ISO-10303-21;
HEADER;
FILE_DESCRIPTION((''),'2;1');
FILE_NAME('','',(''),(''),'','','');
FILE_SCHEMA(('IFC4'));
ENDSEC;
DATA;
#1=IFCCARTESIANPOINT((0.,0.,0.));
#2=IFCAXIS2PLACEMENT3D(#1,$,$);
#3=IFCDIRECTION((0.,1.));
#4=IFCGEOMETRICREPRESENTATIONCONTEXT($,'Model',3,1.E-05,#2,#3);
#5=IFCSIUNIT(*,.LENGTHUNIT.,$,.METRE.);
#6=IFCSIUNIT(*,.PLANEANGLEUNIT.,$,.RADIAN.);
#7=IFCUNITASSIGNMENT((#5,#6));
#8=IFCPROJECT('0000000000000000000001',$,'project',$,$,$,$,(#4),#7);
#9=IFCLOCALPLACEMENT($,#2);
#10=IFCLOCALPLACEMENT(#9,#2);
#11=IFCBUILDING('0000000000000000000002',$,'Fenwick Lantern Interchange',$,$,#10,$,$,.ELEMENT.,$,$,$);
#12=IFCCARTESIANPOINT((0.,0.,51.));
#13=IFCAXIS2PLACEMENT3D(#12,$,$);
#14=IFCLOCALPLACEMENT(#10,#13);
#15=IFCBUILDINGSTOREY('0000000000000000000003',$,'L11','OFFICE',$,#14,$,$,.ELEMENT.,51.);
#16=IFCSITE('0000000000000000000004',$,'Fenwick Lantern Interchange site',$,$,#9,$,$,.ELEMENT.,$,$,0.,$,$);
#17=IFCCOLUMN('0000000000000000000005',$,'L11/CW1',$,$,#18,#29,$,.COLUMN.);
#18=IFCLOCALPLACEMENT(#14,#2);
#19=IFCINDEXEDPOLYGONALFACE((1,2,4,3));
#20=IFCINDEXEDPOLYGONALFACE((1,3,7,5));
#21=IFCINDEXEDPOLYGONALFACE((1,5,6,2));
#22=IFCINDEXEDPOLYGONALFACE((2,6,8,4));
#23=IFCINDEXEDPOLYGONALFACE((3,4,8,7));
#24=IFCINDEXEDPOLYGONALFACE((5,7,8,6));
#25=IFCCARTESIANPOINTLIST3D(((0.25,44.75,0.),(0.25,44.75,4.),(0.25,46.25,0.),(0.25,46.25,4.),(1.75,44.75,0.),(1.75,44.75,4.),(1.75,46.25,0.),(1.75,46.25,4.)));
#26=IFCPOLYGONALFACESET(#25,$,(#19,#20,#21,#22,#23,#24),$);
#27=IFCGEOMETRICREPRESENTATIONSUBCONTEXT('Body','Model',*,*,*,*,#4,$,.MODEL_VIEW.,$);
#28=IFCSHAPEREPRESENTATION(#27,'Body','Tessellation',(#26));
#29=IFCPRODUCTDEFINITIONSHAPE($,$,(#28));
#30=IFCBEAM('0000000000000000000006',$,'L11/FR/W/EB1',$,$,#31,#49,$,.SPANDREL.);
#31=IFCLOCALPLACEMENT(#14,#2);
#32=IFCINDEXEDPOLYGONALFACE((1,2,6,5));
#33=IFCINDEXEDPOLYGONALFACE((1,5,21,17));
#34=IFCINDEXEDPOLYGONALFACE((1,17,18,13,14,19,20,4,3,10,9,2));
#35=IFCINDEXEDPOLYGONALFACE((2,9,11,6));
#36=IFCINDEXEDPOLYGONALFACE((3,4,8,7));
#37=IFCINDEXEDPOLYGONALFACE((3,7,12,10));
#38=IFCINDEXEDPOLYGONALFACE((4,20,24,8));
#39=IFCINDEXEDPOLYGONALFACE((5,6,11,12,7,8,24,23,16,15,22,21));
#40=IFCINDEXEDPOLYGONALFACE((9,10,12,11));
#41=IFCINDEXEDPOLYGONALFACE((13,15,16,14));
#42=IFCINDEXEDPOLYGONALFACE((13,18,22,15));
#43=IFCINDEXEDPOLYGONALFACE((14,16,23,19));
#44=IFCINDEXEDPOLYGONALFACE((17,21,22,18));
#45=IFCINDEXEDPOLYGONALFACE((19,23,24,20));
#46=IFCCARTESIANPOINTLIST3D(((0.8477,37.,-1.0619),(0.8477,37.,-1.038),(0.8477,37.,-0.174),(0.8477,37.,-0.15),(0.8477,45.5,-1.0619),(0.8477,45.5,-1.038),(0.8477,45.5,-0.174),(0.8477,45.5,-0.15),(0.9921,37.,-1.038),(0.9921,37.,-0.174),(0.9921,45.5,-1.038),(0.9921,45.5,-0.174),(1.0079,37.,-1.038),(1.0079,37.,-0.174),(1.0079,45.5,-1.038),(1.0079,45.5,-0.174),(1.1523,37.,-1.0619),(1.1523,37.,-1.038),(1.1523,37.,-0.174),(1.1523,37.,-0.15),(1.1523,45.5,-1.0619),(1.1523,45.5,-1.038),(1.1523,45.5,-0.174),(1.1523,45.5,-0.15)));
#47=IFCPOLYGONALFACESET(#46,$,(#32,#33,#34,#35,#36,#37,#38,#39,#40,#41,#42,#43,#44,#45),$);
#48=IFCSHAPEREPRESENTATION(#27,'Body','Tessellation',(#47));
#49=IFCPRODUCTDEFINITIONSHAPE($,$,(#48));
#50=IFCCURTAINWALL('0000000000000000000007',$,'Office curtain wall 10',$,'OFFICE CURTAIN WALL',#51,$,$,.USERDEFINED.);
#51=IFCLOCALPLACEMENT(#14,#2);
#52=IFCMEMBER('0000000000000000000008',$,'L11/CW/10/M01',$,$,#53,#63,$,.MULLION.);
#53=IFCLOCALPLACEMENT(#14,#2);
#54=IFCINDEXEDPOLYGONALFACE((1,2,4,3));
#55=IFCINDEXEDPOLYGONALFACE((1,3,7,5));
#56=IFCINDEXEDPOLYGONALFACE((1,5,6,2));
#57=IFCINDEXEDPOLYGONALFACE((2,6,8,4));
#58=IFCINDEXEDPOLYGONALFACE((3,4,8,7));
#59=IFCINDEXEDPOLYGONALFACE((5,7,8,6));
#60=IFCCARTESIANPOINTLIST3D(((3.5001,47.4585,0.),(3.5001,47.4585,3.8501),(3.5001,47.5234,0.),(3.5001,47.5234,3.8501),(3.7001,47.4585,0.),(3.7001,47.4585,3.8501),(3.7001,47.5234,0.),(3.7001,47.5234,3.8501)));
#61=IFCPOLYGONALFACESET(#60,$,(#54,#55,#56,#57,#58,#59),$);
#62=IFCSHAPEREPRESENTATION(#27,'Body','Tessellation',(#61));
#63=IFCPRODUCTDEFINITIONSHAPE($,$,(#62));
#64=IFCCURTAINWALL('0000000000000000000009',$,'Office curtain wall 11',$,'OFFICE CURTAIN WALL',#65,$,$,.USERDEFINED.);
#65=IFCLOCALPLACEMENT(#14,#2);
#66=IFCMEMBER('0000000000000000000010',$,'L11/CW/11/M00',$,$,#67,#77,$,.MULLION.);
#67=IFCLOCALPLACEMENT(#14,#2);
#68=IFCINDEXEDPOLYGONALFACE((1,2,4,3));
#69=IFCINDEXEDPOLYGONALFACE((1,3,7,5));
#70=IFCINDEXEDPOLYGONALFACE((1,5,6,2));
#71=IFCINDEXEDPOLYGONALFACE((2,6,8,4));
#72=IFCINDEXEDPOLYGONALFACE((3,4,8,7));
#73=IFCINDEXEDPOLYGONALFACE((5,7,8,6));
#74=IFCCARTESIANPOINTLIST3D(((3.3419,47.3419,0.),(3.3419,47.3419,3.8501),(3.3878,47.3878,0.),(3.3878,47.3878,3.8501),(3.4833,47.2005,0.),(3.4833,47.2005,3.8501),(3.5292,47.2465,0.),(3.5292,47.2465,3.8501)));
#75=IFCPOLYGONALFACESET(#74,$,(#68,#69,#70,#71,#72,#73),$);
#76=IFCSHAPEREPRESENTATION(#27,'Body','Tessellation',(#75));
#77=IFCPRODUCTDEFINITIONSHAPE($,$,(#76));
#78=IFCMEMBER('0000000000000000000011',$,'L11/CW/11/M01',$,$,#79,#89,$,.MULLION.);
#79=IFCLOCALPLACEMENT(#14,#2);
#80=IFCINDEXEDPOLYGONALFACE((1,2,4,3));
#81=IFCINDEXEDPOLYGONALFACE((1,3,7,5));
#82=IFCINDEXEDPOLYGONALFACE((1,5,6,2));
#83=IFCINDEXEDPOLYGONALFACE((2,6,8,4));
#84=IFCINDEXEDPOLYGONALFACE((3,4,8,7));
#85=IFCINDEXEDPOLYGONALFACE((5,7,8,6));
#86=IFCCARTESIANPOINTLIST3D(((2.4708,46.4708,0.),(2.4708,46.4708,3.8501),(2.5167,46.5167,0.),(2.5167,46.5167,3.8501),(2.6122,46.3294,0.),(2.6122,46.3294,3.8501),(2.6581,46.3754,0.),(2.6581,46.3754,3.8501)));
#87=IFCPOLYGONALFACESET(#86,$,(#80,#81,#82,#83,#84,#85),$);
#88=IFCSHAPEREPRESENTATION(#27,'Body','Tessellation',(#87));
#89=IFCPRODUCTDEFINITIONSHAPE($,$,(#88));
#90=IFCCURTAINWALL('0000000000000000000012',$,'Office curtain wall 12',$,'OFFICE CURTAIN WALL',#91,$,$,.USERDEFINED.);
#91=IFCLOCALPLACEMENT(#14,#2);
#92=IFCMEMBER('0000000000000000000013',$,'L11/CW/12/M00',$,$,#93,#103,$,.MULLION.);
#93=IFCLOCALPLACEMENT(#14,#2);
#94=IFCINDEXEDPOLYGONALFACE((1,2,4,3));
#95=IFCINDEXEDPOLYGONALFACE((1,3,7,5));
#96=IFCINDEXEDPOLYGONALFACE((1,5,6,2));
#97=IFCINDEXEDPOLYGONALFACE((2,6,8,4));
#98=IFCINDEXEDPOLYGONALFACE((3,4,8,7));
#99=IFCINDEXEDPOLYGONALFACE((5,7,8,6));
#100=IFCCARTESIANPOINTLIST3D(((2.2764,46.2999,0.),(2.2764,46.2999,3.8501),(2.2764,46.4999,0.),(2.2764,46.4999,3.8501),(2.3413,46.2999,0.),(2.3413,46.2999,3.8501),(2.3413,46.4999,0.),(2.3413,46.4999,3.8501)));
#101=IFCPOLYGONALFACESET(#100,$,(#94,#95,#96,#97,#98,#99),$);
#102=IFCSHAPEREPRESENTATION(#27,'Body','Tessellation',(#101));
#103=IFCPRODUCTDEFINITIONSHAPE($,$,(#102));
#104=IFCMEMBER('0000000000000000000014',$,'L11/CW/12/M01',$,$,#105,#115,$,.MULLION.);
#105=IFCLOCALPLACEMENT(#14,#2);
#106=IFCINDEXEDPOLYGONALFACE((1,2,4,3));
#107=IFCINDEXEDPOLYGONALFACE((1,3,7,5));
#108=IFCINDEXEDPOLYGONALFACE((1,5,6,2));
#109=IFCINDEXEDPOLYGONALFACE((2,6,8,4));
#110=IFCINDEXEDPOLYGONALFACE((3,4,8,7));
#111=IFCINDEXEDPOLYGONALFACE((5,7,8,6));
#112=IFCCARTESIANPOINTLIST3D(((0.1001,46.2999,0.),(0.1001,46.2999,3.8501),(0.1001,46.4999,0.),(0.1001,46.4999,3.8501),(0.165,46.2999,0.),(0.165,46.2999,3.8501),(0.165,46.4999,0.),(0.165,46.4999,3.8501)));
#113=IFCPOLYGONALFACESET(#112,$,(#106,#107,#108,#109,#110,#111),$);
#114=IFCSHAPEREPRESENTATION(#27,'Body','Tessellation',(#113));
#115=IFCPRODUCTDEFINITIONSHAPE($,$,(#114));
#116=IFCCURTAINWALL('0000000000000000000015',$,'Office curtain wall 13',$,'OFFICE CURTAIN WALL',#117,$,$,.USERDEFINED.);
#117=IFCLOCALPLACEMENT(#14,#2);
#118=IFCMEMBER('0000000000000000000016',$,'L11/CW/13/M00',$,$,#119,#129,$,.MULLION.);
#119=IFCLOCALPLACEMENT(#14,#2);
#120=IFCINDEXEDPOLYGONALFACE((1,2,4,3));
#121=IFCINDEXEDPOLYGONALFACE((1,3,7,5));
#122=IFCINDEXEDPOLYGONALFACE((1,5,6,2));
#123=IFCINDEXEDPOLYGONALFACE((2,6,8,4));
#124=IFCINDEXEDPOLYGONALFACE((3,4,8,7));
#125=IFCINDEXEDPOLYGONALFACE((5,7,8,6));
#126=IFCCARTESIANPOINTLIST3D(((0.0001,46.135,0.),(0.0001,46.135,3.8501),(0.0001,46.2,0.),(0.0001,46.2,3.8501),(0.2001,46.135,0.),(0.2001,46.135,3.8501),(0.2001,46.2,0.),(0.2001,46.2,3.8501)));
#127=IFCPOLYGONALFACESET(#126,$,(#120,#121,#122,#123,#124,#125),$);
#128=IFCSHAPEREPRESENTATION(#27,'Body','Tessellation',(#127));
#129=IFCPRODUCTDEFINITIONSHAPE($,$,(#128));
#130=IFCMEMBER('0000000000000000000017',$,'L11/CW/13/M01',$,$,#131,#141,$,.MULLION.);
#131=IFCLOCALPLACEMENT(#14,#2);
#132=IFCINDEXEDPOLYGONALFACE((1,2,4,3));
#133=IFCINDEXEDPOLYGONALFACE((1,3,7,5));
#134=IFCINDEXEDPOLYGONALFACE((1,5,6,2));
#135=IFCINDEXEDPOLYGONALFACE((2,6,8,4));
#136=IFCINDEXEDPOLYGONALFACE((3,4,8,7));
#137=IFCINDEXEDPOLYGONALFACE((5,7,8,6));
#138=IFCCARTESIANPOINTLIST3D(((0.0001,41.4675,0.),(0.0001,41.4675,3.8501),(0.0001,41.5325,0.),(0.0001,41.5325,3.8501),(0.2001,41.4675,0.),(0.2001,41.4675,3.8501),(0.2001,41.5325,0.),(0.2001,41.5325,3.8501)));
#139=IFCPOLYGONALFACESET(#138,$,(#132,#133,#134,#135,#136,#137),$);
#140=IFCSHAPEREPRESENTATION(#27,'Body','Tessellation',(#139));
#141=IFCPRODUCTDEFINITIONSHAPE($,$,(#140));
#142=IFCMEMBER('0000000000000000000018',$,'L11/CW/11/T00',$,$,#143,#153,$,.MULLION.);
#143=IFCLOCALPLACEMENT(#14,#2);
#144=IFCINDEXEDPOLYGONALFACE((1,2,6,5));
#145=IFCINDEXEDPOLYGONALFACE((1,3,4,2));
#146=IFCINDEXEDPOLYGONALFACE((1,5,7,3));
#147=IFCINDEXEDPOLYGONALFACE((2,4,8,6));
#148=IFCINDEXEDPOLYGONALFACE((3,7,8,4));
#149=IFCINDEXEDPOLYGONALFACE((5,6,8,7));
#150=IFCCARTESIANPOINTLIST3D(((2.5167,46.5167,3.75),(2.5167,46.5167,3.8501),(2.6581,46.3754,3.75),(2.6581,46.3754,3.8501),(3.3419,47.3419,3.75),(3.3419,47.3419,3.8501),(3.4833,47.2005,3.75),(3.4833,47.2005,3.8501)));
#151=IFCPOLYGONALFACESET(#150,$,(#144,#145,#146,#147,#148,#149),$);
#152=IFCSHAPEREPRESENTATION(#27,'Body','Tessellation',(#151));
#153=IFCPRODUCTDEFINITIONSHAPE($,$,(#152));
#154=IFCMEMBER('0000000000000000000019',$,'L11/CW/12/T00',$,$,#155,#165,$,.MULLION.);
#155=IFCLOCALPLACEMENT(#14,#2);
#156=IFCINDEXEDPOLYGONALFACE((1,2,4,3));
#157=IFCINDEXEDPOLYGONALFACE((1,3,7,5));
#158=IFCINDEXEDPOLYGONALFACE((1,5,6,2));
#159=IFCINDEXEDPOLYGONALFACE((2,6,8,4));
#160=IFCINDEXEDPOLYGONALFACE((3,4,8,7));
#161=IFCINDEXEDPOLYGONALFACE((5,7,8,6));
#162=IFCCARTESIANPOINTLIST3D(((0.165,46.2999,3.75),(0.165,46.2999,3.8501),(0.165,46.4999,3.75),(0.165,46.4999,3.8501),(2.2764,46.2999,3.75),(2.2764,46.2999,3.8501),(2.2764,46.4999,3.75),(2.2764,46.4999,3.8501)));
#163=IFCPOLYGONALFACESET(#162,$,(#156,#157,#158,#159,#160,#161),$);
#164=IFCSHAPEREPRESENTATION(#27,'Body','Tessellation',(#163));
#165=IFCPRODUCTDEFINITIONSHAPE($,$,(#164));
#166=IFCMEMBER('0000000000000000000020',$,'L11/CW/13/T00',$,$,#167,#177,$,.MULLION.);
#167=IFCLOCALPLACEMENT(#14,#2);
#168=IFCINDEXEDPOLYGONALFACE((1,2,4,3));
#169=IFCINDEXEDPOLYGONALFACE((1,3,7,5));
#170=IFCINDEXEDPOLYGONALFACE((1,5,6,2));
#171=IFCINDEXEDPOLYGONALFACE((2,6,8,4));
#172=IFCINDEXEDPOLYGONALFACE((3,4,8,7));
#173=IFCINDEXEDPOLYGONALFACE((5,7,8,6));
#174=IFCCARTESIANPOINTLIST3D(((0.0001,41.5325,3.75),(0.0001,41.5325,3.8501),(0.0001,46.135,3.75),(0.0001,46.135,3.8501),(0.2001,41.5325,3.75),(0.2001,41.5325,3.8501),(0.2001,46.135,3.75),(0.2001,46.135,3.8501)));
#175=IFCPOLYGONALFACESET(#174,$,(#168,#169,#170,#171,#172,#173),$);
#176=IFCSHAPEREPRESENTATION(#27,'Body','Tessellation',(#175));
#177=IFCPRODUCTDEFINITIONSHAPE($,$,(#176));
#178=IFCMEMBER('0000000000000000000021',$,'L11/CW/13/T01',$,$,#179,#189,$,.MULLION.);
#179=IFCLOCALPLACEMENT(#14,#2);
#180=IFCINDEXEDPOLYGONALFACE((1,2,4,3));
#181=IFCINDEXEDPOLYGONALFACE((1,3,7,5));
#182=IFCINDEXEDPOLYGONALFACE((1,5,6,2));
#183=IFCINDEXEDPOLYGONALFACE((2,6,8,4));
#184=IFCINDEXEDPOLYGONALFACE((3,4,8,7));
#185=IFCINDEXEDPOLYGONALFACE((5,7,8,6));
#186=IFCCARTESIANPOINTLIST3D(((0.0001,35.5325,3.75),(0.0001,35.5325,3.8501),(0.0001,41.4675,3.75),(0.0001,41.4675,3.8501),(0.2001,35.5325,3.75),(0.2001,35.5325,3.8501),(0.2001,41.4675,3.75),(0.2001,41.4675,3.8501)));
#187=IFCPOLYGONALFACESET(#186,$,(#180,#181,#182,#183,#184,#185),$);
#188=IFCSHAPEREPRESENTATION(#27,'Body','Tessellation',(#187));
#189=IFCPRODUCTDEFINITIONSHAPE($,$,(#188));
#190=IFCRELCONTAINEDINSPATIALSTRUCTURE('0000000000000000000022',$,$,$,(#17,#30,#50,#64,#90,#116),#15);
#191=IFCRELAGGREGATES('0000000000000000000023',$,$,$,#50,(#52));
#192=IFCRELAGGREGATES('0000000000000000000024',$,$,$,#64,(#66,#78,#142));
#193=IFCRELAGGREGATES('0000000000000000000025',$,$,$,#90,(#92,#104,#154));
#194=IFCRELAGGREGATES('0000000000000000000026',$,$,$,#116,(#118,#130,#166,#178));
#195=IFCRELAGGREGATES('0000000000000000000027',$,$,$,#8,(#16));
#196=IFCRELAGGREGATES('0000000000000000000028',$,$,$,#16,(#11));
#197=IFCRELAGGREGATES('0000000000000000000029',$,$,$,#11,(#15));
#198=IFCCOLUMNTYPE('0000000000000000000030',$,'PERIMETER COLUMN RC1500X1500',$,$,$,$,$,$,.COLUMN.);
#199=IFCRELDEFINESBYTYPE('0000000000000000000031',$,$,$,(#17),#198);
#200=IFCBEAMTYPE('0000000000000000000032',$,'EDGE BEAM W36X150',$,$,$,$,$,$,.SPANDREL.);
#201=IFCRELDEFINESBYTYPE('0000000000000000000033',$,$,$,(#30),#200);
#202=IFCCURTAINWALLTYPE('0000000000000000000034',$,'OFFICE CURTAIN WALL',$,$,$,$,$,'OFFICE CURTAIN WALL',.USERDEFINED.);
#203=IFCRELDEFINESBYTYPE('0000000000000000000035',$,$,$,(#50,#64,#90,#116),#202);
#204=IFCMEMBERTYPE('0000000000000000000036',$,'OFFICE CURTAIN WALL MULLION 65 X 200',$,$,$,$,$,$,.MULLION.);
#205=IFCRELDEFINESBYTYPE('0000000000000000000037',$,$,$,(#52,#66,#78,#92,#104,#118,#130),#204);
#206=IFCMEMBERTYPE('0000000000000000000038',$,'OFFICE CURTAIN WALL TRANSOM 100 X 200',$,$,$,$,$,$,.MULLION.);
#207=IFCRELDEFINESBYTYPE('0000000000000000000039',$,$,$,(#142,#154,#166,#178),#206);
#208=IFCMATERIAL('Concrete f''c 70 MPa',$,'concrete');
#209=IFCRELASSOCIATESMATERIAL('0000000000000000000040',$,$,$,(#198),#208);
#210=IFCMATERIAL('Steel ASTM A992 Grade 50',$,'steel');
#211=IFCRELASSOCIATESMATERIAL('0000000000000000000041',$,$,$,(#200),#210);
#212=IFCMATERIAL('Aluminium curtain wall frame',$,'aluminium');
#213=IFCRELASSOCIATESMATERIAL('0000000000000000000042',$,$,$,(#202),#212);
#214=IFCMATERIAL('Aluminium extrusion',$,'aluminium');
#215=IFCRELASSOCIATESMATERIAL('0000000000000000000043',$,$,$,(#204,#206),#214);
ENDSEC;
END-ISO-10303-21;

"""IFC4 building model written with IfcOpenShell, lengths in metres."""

from ifc_helpers import new_model, si_unit, direction, frame, origin, origin_2d, place, context, subcontext, project, spatial, rectangle, i_section, extrude, material, material_profile, profile_set, type_object, element, aggregate, save


model = new_model("IFC4")

# Units and contexts
model_context = context("Model", 3, precision=1e-05, world=origin(), true_north=direction((0.0, 1.0)))
body_context = subcontext(model_context, "Body", "Model", "MODEL_VIEW")
ifc_project = project(units=[si_unit("LENGTHUNIT", "METRE"), si_unit("PLANEANGLEUNIT", "RADIAN")], contexts=[model_context])

# Site, building, storey
site_placement = place(None, origin())
site = spatial("IfcSite", under=ifc_project, at=site_placement, Name="Fenwick Lantern Interchange site", CompositionType="ELEMENT", RefElevation=0.0)
building_placement = place(site_placement, origin())
building = spatial("IfcBuilding", under=site, at=building_placement, Name="Fenwick Lantern Interchange", CompositionType="ELEMENT")
storey_placement = place(building_placement, frame((0.0, 0.0, 51.0)))
storey = spatial("IfcBuildingStorey", under=building, at=storey_placement, Name="L11", Description="OFFICE", CompositionType="ELEMENT", Elevation=51.0)

# Column
ifc_material_1 = material(Name="Concrete f'c 70 MPa", Category="concrete")
ifc_material_profile_1 = material_profile(ifc_material_1, rectangle(XDim=1.5, YDim=1.5, at=origin_2d()), Name="RC1500X1500")
ifc_profile_set_1 = profile_set([ifc_material_profile_1], Name="Concrete f'c 70 MPa")
column_type = type_object("IfcColumnType", Name="PERIMETER COLUMN RC1500X1500", PredefinedType="COLUMN", material=ifc_profile_set_1)
column_placement = place(storey_placement, frame((1.0, 45.5, 0.0), z_axis=(0.0, 0.0, 1.0), x_axis=(1.0, 0.0, 0.0)))
element("IfcColumn", 1, at=column_placement, inside=storey, type_object=column_type, Name="L11/CW1", PredefinedType="COLUMN", context=body_context, shape_type="SweptSolid", body=[
    extrude(rectangle(XDim=1.5, YDim=1.5, at=origin_2d()), origin(), (0.0, 0.0, 1.0), 4.0),
])

# Beam
ifc_material_2 = material(Name="Steel ASTM A992 Grade 50", Category="steel")
ifc_material_profile_2 = material_profile(ifc_material_2, i_section(OverallWidth=0.3047, OverallDepth=0.9119, WebThickness=0.0159, FlangeThickness=0.0239, at=origin_2d()), Name="W36X150")
ifc_profile_set_2 = profile_set([ifc_material_profile_2], Name="Steel ASTM A992 Grade 50")
beam_type = type_object("IfcBeamType", Name="EDGE BEAM W36X150", PredefinedType="SPANDREL", material=ifc_profile_set_2)
beam_placement = place(storey_placement, frame((1.0, 45.5, -0.606), z_axis=(0.0, -1.0, 0.0), x_axis=(1.0, 0.0, 0.0)))
element("IfcBeam", 2, at=beam_placement, inside=storey, type_object=beam_type, Name="L11/FR/W/EB1", PredefinedType="SPANDREL", context=body_context, shape_type="SweptSolid", body=[
    extrude(i_section(OverallWidth=0.3047, OverallDepth=0.9119, WebThickness=0.0159, FlangeThickness=0.0239, at=origin_2d()), origin(), (0.0, 0.0, 1.0), 8.5),
])

# Curtain wall, member
ifc_material_3 = material(Name="Aluminium curtain wall frame", Category="aluminium")
curtain_wall_type = type_object("IfcCurtainWallType", Name="OFFICE CURTAIN WALL", ElementType="OFFICE CURTAIN WALL", PredefinedType="USERDEFINED", material=ifc_material_3)
curtain_wall_1_placement = place(storey_placement, origin())
curtain_wall_1 = element("IfcCurtainWall", 3, at=curtain_wall_1_placement, inside=storey, type_object=curtain_wall_type, Name="Office curtain wall 10", ObjectType="OFFICE CURTAIN WALL", PredefinedType="USERDEFINED")
ifc_material_4 = material(Name="Aluminium extrusion", Category="aluminium")
ifc_material_profile_3 = material_profile(ifc_material_4, rectangle(XDim=0.2, YDim=0.0649, at=origin_2d()), Name="OFFICE CURTAIN WALL MULLION 65 X 200")
ifc_profile_set_3 = profile_set([ifc_material_profile_3], Name="Aluminium extrusion")
member_type_1 = type_object("IfcMemberType", Name="OFFICE CURTAIN WALL MULLION 65 X 200", PredefinedType="MULLION", material=ifc_profile_set_3)
member_1_placement = place(storey_placement, frame((3.6001, 47.491, 0.0), z_axis=(0.0, 0.0, 1.0), x_axis=(1.0, 0.0, 0.0)))
member_1 = element("IfcMember", 4, at=member_1_placement, type_object=member_type_1, Name="L11/CW/10/M01", PredefinedType="MULLION", context=body_context, shape_type="SweptSolid", body=[
    extrude(rectangle(XDim=0.2, YDim=0.0649, at=origin_2d()), origin(), (0.0, 0.0, 1.0), 3.8501),
])
aggregate(curtain_wall_1, [member_1])

# Curtain walls, members
curtain_wall_2_placement = place(storey_placement, origin())
curtain_wall_2 = element("IfcCurtainWall", 5, at=curtain_wall_2_placement, inside=storey, type_object=curtain_wall_type, Name="Office curtain wall 11", ObjectType="OFFICE CURTAIN WALL", PredefinedType="USERDEFINED")
member_2_placement = place(storey_placement, frame((3.4355, 47.2942, 0.0), z_axis=(0.0, 0.0, 1.0), x_axis=(0.707107, -0.707107, 0.0)))
member_2 = element("IfcMember", 6, at=member_2_placement, type_object=member_type_1, Name="L11/CW/11/M00", PredefinedType="MULLION", context=body_context, shape_type="SweptSolid", body=[
    extrude(rectangle(XDim=0.2, YDim=0.0649, at=origin_2d()), origin(), (0.0, 0.0, 1.0), 3.8501),
])
member_3_placement = place(storey_placement, frame((2.5645, 46.4231, 0.0), z_axis=(0.0, 0.0, 1.0), x_axis=(0.707107, -0.707107, 0.0)))
member_3 = element("IfcMember", 7, at=member_3_placement, type_object=member_type_1, Name="L11/CW/11/M01", PredefinedType="MULLION", context=body_context, shape_type="SweptSolid", body=[
    extrude(rectangle(XDim=0.2, YDim=0.0649, at=origin_2d()), origin(), (0.0, 0.0, 1.0), 3.8501),
])
curtain_wall_3_placement = place(storey_placement, origin())
curtain_wall_3 = element("IfcCurtainWall", 8, at=curtain_wall_3_placement, inside=storey, type_object=curtain_wall_type, Name="Office curtain wall 12", ObjectType="OFFICE CURTAIN WALL", PredefinedType="USERDEFINED")
member_4_placement = place(storey_placement, frame((2.3088, 46.3999, 0.0), z_axis=(0.0, 0.0, 1.0), x_axis=(0.0, -1.0, 0.0)))
member_4 = element("IfcMember", 9, at=member_4_placement, type_object=member_type_1, Name="L11/CW/12/M00", PredefinedType="MULLION", context=body_context, shape_type="SweptSolid", body=[
    extrude(rectangle(XDim=0.2, YDim=0.0649, at=origin_2d()), origin(), (0.0, 0.0, 1.0), 3.8501),
])
member_5_placement = place(storey_placement, frame((0.1326, 46.3999, 0.0), z_axis=(0.0, 0.0, 1.0), x_axis=(0.0, -1.0, 0.0)))
member_5 = element("IfcMember", 10, at=member_5_placement, type_object=member_type_1, Name="L11/CW/12/M01", PredefinedType="MULLION", context=body_context, shape_type="SweptSolid", body=[
    extrude(rectangle(XDim=0.2, YDim=0.0649, at=origin_2d()), origin(), (0.0, 0.0, 1.0), 3.8501),
])
curtain_wall_4_placement = place(storey_placement, origin())
curtain_wall_4 = element("IfcCurtainWall", 11, at=curtain_wall_4_placement, inside=storey, type_object=curtain_wall_type, Name="Office curtain wall 13", ObjectType="OFFICE CURTAIN WALL", PredefinedType="USERDEFINED")
member_6_placement = place(storey_placement, frame((0.1001, 46.1675, 0.0), z_axis=(0.0, 0.0, 1.0), x_axis=(1.0, 0.0, 0.0)))
member_6 = element("IfcMember", 12, at=member_6_placement, type_object=member_type_1, Name="L11/CW/13/M00", PredefinedType="MULLION", context=body_context, shape_type="SweptSolid", body=[
    extrude(rectangle(XDim=0.2, YDim=0.0649, at=origin_2d()), origin(), (0.0, 0.0, 1.0), 3.8501),
])
member_7_placement = place(storey_placement, frame((0.1001, 41.5, 0.0), z_axis=(0.0, 0.0, 1.0), x_axis=(1.0, 0.0, 0.0)))
member_7 = element("IfcMember", 13, at=member_7_placement, type_object=member_type_1, Name="L11/CW/13/M01", PredefinedType="MULLION", context=body_context, shape_type="SweptSolid", body=[
    extrude(rectangle(XDim=0.2, YDim=0.0649, at=origin_2d()), origin(), (0.0, 0.0, 1.0), 3.8501),
])

# Members
ifc_material_profile_4 = material_profile(ifc_material_4, rectangle(XDim=0.2, YDim=0.1001, at=origin_2d()), Name="OFFICE CURTAIN WALL TRANSOM 100 X 200")
ifc_profile_set_4 = profile_set([ifc_material_profile_4], Name="Aluminium extrusion")
member_type_2 = type_object("IfcMemberType", Name="OFFICE CURTAIN WALL TRANSOM 100 X 200", PredefinedType="MULLION", material=ifc_profile_set_4)
member_8_placement = place(storey_placement, frame((3.4126, 47.2712, 3.8), z_axis=(-0.707107, -0.707107, 0.0), x_axis=(0.707107, -0.707107, 0.0)))
member_8 = element("IfcMember", 14, at=member_8_placement, type_object=member_type_2, Name="L11/CW/11/T00", PredefinedType="MULLION", context=body_context, shape_type="SweptSolid", body=[
    extrude(rectangle(XDim=0.2, YDim=0.1001, at=origin_2d()), origin(), (0.0, 0.0, 1.0), 1.167),
])
member_9_placement = place(storey_placement, frame((2.2764, 46.3999, 3.8), z_axis=(-1.0, 0.0, 0.0), x_axis=(0.0, -1.0, 0.0)))
member_9 = element("IfcMember", 15, at=member_9_placement, type_object=member_type_2, Name="L11/CW/12/T00", PredefinedType="MULLION", context=body_context, shape_type="SweptSolid", body=[
    extrude(rectangle(XDim=0.2, YDim=0.1001, at=origin_2d()), origin(), (0.0, 0.0, 1.0), 2.1113),
])
member_10_placement = place(storey_placement, frame((0.1001, 46.135, 3.8), z_axis=(0.0, -1.0, 0.0), x_axis=(1.0, 0.0, 0.0)))
member_10 = element("IfcMember", 16, at=member_10_placement, type_object=member_type_2, Name="L11/CW/13/T00", PredefinedType="MULLION", context=body_context, shape_type="SweptSolid", body=[
    extrude(rectangle(XDim=0.2, YDim=0.1001, at=origin_2d()), origin(), (0.0, 0.0, 1.0), 4.6025),
])
member_11_placement = place(storey_placement, frame((0.1001, 41.4675, 3.8), z_axis=(0.0, -1.0, 0.0), x_axis=(1.0, 0.0, 0.0)))
member_11 = element("IfcMember", 17, at=member_11_placement, type_object=member_type_2, Name="L11/CW/13/T01", PredefinedType="MULLION", context=body_context, shape_type="SweptSolid", body=[
    extrude(rectangle(XDim=0.2, YDim=0.1001, at=origin_2d()), origin(), (0.0, 0.0, 1.0), 5.9351),
])

aggregate(curtain_wall_2, [member_2, member_3, member_8])
aggregate(curtain_wall_3, [member_4, member_5, member_9])
aggregate(curtain_wall_4, [member_6, member_7, member_10, member_11])

save(model, "model.ifc")
